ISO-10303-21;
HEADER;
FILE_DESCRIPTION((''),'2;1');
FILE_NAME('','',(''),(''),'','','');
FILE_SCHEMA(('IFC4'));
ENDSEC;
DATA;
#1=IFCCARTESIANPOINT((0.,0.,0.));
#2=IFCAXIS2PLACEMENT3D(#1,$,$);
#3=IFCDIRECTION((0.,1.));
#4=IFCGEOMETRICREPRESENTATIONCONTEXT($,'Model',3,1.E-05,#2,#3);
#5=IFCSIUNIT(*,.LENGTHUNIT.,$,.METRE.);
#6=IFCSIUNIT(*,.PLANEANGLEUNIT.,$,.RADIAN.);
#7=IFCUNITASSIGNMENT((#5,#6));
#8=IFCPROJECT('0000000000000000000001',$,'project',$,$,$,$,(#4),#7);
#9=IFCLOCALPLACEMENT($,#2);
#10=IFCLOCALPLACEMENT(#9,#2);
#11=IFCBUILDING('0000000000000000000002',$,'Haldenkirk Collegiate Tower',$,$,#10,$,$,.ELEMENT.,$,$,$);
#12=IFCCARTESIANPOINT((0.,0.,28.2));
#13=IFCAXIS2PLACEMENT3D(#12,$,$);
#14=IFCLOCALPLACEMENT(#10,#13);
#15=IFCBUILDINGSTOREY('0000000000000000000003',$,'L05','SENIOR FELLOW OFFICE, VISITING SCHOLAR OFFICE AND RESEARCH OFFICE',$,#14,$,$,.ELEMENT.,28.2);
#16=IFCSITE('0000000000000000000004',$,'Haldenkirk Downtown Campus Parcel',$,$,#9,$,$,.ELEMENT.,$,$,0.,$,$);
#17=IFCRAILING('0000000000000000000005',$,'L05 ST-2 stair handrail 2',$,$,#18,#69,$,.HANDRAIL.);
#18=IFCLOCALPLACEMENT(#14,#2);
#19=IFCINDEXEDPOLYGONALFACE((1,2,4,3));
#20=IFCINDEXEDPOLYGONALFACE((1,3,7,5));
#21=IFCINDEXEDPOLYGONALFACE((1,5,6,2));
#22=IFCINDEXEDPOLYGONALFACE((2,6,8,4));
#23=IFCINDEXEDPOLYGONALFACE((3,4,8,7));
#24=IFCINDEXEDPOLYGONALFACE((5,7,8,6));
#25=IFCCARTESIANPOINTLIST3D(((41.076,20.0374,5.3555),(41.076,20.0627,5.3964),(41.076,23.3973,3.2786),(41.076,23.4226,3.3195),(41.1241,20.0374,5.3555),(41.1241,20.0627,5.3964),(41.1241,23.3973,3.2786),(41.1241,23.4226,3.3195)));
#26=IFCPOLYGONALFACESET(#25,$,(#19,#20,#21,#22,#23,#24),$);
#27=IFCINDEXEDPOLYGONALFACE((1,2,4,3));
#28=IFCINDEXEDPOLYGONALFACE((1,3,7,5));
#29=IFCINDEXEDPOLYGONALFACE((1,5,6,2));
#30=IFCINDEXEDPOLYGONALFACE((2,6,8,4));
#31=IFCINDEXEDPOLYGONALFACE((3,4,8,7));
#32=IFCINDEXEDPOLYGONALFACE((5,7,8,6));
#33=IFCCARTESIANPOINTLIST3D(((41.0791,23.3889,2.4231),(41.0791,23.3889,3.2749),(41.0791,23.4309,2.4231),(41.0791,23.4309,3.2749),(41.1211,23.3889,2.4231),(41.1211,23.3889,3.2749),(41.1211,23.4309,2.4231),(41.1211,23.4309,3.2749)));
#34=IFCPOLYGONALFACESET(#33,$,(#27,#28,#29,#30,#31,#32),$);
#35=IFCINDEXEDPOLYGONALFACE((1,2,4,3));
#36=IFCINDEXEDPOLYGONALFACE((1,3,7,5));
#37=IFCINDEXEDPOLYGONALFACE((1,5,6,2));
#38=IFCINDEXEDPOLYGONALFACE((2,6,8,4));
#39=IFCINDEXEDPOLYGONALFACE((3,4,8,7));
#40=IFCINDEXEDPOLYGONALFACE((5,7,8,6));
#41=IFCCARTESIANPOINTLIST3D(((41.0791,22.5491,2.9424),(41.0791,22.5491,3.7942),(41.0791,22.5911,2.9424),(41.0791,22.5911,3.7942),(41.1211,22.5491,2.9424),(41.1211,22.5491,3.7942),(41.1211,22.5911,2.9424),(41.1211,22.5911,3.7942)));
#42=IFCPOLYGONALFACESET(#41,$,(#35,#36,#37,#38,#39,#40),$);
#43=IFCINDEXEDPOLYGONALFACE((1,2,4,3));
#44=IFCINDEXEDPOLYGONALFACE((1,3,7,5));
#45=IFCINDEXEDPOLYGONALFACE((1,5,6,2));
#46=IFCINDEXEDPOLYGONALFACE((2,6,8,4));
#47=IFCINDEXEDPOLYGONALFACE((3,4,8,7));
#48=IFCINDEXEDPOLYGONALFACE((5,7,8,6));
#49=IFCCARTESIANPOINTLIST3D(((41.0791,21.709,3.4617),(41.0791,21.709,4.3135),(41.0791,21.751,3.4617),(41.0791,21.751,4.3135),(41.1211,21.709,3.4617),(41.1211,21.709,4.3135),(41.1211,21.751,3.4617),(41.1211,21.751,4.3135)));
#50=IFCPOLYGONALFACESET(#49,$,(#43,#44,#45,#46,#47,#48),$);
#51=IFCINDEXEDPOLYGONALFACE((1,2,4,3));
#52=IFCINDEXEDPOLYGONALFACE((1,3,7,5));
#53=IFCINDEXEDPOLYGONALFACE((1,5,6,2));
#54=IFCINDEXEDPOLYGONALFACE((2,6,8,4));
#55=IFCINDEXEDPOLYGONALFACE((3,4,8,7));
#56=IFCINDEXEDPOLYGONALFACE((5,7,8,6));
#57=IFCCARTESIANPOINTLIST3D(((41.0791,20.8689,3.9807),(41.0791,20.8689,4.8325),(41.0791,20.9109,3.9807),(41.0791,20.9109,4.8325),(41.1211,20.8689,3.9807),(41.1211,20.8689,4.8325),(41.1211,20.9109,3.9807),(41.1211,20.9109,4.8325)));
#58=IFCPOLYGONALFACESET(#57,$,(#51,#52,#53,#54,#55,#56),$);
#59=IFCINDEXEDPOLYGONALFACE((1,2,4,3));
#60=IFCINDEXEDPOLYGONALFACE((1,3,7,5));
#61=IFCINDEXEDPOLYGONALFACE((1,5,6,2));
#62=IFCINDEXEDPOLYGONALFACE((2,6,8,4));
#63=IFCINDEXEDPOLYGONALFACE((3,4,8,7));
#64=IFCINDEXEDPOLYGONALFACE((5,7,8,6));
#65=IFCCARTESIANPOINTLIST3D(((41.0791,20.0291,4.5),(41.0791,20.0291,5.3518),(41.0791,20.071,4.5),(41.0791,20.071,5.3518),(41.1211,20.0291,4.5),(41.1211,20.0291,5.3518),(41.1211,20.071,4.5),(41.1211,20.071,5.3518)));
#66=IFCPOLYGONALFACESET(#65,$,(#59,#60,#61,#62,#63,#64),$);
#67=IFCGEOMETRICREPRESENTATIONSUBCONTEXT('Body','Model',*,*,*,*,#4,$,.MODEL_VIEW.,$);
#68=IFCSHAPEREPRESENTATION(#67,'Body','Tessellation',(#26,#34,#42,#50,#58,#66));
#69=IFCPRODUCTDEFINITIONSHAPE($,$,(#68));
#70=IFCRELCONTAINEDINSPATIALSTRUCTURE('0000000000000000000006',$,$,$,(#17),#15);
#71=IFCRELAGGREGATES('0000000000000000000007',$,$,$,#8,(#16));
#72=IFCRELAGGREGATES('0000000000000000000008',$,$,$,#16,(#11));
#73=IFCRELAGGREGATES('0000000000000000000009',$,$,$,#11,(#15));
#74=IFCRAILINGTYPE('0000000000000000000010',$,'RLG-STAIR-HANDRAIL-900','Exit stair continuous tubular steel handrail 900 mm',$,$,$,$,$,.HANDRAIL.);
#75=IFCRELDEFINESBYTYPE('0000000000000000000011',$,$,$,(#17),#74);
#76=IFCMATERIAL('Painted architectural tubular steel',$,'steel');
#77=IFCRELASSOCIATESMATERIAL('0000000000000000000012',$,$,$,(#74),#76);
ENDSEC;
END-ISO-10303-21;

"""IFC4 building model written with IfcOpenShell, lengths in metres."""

from ifc_helpers import new_model, si_unit, direction, frame, origin, origin_2d, place, context, subcontext, project, spatial, rectangle, extrude, material, type_object, element, save


model = new_model("IFC4")

# Units and contexts
model_context = context("Model", 3, precision=1e-05, world=origin(), true_north=direction((0.0, 1.0)))
body_context = subcontext(model_context, "Body", "Model", "MODEL_VIEW")
ifc_project = project(units=[si_unit("LENGTHUNIT", "METRE"), si_unit("PLANEANGLEUNIT", "RADIAN")], contexts=[model_context])

# Site, building, storey
site_placement = place(None, origin())
site = spatial("IfcSite", under=ifc_project, at=site_placement, Name="Haldenkirk Downtown Campus Parcel", CompositionType="ELEMENT", RefElevation=0.0)
building_placement = place(site_placement, origin())
building = spatial("IfcBuilding", under=site, at=building_placement, Name="Haldenkirk Collegiate Tower", CompositionType="ELEMENT")
storey_placement = place(building_placement, frame((0.0, 0.0, 28.2)))
storey = spatial("IfcBuildingStorey", under=building, at=storey_placement, Name="L05", Description="SENIOR FELLOW OFFICE, VISITING SCHOLAR OFFICE AND RESEARCH OFFICE", CompositionType="ELEMENT", Elevation=28.2)

# Railing
ifc_material_1 = material(Name="Painted architectural tubular steel", Category="steel")
railing_type_1 = type_object("IfcRailingType", Name="RLG-STAIR-HANDRAIL-900", Description="Exit stair continuous tubular steel handrail 900 mm", PredefinedType="HANDRAIL", material=ifc_material_1)
railing_1_placement = place(storey_placement, frame((41.1001, 23.4099, 2.4231)))
element("IfcRailing", 1, at=railing_1_placement, inside=storey, type_object=railing_type_1, Name="L05 ST-2 stair handrail 2", PredefinedType="HANDRAIL", context=body_context, shape_type="SweptSolid", body=[
    extrude(rectangle(XDim=0.0481, YDim=0.0481, at=origin_2d()), frame((0.0, 0.0, 0.876), z_axis=(0.0, -0.850606, 0.525803), x_axis=(1.0, 0.0, 0.0)), (0.0, 0.0, 1.0), 3.95),
    extrude(rectangle(XDim=0.042, YDim=0.042, at=origin_2d()), origin(), (0.0, 0.0, 1.0), 0.8518),
    extrude(rectangle(XDim=0.042, YDim=0.042, at=origin_2d()), frame((0.0, -0.8398, 0.5193)), (0.0, 0.0, 1.0), 0.8518),
    extrude(rectangle(XDim=0.042, YDim=0.042, at=origin_2d()), frame((0.0, -1.6799, 1.0386)), (0.0, 0.0, 1.0), 0.8518),
    extrude(rectangle(XDim=0.042, YDim=0.042, at=origin_2d()), frame((0.0, -2.52, 1.5576)), (0.0, 0.0, 1.0), 0.8518),
    extrude(rectangle(XDim=0.042, YDim=0.042, at=origin_2d()), frame((0.0, -3.3599, 2.0769)), (0.0, 0.0, 1.0), 0.8518),
])

save(model, "model.ifc")
